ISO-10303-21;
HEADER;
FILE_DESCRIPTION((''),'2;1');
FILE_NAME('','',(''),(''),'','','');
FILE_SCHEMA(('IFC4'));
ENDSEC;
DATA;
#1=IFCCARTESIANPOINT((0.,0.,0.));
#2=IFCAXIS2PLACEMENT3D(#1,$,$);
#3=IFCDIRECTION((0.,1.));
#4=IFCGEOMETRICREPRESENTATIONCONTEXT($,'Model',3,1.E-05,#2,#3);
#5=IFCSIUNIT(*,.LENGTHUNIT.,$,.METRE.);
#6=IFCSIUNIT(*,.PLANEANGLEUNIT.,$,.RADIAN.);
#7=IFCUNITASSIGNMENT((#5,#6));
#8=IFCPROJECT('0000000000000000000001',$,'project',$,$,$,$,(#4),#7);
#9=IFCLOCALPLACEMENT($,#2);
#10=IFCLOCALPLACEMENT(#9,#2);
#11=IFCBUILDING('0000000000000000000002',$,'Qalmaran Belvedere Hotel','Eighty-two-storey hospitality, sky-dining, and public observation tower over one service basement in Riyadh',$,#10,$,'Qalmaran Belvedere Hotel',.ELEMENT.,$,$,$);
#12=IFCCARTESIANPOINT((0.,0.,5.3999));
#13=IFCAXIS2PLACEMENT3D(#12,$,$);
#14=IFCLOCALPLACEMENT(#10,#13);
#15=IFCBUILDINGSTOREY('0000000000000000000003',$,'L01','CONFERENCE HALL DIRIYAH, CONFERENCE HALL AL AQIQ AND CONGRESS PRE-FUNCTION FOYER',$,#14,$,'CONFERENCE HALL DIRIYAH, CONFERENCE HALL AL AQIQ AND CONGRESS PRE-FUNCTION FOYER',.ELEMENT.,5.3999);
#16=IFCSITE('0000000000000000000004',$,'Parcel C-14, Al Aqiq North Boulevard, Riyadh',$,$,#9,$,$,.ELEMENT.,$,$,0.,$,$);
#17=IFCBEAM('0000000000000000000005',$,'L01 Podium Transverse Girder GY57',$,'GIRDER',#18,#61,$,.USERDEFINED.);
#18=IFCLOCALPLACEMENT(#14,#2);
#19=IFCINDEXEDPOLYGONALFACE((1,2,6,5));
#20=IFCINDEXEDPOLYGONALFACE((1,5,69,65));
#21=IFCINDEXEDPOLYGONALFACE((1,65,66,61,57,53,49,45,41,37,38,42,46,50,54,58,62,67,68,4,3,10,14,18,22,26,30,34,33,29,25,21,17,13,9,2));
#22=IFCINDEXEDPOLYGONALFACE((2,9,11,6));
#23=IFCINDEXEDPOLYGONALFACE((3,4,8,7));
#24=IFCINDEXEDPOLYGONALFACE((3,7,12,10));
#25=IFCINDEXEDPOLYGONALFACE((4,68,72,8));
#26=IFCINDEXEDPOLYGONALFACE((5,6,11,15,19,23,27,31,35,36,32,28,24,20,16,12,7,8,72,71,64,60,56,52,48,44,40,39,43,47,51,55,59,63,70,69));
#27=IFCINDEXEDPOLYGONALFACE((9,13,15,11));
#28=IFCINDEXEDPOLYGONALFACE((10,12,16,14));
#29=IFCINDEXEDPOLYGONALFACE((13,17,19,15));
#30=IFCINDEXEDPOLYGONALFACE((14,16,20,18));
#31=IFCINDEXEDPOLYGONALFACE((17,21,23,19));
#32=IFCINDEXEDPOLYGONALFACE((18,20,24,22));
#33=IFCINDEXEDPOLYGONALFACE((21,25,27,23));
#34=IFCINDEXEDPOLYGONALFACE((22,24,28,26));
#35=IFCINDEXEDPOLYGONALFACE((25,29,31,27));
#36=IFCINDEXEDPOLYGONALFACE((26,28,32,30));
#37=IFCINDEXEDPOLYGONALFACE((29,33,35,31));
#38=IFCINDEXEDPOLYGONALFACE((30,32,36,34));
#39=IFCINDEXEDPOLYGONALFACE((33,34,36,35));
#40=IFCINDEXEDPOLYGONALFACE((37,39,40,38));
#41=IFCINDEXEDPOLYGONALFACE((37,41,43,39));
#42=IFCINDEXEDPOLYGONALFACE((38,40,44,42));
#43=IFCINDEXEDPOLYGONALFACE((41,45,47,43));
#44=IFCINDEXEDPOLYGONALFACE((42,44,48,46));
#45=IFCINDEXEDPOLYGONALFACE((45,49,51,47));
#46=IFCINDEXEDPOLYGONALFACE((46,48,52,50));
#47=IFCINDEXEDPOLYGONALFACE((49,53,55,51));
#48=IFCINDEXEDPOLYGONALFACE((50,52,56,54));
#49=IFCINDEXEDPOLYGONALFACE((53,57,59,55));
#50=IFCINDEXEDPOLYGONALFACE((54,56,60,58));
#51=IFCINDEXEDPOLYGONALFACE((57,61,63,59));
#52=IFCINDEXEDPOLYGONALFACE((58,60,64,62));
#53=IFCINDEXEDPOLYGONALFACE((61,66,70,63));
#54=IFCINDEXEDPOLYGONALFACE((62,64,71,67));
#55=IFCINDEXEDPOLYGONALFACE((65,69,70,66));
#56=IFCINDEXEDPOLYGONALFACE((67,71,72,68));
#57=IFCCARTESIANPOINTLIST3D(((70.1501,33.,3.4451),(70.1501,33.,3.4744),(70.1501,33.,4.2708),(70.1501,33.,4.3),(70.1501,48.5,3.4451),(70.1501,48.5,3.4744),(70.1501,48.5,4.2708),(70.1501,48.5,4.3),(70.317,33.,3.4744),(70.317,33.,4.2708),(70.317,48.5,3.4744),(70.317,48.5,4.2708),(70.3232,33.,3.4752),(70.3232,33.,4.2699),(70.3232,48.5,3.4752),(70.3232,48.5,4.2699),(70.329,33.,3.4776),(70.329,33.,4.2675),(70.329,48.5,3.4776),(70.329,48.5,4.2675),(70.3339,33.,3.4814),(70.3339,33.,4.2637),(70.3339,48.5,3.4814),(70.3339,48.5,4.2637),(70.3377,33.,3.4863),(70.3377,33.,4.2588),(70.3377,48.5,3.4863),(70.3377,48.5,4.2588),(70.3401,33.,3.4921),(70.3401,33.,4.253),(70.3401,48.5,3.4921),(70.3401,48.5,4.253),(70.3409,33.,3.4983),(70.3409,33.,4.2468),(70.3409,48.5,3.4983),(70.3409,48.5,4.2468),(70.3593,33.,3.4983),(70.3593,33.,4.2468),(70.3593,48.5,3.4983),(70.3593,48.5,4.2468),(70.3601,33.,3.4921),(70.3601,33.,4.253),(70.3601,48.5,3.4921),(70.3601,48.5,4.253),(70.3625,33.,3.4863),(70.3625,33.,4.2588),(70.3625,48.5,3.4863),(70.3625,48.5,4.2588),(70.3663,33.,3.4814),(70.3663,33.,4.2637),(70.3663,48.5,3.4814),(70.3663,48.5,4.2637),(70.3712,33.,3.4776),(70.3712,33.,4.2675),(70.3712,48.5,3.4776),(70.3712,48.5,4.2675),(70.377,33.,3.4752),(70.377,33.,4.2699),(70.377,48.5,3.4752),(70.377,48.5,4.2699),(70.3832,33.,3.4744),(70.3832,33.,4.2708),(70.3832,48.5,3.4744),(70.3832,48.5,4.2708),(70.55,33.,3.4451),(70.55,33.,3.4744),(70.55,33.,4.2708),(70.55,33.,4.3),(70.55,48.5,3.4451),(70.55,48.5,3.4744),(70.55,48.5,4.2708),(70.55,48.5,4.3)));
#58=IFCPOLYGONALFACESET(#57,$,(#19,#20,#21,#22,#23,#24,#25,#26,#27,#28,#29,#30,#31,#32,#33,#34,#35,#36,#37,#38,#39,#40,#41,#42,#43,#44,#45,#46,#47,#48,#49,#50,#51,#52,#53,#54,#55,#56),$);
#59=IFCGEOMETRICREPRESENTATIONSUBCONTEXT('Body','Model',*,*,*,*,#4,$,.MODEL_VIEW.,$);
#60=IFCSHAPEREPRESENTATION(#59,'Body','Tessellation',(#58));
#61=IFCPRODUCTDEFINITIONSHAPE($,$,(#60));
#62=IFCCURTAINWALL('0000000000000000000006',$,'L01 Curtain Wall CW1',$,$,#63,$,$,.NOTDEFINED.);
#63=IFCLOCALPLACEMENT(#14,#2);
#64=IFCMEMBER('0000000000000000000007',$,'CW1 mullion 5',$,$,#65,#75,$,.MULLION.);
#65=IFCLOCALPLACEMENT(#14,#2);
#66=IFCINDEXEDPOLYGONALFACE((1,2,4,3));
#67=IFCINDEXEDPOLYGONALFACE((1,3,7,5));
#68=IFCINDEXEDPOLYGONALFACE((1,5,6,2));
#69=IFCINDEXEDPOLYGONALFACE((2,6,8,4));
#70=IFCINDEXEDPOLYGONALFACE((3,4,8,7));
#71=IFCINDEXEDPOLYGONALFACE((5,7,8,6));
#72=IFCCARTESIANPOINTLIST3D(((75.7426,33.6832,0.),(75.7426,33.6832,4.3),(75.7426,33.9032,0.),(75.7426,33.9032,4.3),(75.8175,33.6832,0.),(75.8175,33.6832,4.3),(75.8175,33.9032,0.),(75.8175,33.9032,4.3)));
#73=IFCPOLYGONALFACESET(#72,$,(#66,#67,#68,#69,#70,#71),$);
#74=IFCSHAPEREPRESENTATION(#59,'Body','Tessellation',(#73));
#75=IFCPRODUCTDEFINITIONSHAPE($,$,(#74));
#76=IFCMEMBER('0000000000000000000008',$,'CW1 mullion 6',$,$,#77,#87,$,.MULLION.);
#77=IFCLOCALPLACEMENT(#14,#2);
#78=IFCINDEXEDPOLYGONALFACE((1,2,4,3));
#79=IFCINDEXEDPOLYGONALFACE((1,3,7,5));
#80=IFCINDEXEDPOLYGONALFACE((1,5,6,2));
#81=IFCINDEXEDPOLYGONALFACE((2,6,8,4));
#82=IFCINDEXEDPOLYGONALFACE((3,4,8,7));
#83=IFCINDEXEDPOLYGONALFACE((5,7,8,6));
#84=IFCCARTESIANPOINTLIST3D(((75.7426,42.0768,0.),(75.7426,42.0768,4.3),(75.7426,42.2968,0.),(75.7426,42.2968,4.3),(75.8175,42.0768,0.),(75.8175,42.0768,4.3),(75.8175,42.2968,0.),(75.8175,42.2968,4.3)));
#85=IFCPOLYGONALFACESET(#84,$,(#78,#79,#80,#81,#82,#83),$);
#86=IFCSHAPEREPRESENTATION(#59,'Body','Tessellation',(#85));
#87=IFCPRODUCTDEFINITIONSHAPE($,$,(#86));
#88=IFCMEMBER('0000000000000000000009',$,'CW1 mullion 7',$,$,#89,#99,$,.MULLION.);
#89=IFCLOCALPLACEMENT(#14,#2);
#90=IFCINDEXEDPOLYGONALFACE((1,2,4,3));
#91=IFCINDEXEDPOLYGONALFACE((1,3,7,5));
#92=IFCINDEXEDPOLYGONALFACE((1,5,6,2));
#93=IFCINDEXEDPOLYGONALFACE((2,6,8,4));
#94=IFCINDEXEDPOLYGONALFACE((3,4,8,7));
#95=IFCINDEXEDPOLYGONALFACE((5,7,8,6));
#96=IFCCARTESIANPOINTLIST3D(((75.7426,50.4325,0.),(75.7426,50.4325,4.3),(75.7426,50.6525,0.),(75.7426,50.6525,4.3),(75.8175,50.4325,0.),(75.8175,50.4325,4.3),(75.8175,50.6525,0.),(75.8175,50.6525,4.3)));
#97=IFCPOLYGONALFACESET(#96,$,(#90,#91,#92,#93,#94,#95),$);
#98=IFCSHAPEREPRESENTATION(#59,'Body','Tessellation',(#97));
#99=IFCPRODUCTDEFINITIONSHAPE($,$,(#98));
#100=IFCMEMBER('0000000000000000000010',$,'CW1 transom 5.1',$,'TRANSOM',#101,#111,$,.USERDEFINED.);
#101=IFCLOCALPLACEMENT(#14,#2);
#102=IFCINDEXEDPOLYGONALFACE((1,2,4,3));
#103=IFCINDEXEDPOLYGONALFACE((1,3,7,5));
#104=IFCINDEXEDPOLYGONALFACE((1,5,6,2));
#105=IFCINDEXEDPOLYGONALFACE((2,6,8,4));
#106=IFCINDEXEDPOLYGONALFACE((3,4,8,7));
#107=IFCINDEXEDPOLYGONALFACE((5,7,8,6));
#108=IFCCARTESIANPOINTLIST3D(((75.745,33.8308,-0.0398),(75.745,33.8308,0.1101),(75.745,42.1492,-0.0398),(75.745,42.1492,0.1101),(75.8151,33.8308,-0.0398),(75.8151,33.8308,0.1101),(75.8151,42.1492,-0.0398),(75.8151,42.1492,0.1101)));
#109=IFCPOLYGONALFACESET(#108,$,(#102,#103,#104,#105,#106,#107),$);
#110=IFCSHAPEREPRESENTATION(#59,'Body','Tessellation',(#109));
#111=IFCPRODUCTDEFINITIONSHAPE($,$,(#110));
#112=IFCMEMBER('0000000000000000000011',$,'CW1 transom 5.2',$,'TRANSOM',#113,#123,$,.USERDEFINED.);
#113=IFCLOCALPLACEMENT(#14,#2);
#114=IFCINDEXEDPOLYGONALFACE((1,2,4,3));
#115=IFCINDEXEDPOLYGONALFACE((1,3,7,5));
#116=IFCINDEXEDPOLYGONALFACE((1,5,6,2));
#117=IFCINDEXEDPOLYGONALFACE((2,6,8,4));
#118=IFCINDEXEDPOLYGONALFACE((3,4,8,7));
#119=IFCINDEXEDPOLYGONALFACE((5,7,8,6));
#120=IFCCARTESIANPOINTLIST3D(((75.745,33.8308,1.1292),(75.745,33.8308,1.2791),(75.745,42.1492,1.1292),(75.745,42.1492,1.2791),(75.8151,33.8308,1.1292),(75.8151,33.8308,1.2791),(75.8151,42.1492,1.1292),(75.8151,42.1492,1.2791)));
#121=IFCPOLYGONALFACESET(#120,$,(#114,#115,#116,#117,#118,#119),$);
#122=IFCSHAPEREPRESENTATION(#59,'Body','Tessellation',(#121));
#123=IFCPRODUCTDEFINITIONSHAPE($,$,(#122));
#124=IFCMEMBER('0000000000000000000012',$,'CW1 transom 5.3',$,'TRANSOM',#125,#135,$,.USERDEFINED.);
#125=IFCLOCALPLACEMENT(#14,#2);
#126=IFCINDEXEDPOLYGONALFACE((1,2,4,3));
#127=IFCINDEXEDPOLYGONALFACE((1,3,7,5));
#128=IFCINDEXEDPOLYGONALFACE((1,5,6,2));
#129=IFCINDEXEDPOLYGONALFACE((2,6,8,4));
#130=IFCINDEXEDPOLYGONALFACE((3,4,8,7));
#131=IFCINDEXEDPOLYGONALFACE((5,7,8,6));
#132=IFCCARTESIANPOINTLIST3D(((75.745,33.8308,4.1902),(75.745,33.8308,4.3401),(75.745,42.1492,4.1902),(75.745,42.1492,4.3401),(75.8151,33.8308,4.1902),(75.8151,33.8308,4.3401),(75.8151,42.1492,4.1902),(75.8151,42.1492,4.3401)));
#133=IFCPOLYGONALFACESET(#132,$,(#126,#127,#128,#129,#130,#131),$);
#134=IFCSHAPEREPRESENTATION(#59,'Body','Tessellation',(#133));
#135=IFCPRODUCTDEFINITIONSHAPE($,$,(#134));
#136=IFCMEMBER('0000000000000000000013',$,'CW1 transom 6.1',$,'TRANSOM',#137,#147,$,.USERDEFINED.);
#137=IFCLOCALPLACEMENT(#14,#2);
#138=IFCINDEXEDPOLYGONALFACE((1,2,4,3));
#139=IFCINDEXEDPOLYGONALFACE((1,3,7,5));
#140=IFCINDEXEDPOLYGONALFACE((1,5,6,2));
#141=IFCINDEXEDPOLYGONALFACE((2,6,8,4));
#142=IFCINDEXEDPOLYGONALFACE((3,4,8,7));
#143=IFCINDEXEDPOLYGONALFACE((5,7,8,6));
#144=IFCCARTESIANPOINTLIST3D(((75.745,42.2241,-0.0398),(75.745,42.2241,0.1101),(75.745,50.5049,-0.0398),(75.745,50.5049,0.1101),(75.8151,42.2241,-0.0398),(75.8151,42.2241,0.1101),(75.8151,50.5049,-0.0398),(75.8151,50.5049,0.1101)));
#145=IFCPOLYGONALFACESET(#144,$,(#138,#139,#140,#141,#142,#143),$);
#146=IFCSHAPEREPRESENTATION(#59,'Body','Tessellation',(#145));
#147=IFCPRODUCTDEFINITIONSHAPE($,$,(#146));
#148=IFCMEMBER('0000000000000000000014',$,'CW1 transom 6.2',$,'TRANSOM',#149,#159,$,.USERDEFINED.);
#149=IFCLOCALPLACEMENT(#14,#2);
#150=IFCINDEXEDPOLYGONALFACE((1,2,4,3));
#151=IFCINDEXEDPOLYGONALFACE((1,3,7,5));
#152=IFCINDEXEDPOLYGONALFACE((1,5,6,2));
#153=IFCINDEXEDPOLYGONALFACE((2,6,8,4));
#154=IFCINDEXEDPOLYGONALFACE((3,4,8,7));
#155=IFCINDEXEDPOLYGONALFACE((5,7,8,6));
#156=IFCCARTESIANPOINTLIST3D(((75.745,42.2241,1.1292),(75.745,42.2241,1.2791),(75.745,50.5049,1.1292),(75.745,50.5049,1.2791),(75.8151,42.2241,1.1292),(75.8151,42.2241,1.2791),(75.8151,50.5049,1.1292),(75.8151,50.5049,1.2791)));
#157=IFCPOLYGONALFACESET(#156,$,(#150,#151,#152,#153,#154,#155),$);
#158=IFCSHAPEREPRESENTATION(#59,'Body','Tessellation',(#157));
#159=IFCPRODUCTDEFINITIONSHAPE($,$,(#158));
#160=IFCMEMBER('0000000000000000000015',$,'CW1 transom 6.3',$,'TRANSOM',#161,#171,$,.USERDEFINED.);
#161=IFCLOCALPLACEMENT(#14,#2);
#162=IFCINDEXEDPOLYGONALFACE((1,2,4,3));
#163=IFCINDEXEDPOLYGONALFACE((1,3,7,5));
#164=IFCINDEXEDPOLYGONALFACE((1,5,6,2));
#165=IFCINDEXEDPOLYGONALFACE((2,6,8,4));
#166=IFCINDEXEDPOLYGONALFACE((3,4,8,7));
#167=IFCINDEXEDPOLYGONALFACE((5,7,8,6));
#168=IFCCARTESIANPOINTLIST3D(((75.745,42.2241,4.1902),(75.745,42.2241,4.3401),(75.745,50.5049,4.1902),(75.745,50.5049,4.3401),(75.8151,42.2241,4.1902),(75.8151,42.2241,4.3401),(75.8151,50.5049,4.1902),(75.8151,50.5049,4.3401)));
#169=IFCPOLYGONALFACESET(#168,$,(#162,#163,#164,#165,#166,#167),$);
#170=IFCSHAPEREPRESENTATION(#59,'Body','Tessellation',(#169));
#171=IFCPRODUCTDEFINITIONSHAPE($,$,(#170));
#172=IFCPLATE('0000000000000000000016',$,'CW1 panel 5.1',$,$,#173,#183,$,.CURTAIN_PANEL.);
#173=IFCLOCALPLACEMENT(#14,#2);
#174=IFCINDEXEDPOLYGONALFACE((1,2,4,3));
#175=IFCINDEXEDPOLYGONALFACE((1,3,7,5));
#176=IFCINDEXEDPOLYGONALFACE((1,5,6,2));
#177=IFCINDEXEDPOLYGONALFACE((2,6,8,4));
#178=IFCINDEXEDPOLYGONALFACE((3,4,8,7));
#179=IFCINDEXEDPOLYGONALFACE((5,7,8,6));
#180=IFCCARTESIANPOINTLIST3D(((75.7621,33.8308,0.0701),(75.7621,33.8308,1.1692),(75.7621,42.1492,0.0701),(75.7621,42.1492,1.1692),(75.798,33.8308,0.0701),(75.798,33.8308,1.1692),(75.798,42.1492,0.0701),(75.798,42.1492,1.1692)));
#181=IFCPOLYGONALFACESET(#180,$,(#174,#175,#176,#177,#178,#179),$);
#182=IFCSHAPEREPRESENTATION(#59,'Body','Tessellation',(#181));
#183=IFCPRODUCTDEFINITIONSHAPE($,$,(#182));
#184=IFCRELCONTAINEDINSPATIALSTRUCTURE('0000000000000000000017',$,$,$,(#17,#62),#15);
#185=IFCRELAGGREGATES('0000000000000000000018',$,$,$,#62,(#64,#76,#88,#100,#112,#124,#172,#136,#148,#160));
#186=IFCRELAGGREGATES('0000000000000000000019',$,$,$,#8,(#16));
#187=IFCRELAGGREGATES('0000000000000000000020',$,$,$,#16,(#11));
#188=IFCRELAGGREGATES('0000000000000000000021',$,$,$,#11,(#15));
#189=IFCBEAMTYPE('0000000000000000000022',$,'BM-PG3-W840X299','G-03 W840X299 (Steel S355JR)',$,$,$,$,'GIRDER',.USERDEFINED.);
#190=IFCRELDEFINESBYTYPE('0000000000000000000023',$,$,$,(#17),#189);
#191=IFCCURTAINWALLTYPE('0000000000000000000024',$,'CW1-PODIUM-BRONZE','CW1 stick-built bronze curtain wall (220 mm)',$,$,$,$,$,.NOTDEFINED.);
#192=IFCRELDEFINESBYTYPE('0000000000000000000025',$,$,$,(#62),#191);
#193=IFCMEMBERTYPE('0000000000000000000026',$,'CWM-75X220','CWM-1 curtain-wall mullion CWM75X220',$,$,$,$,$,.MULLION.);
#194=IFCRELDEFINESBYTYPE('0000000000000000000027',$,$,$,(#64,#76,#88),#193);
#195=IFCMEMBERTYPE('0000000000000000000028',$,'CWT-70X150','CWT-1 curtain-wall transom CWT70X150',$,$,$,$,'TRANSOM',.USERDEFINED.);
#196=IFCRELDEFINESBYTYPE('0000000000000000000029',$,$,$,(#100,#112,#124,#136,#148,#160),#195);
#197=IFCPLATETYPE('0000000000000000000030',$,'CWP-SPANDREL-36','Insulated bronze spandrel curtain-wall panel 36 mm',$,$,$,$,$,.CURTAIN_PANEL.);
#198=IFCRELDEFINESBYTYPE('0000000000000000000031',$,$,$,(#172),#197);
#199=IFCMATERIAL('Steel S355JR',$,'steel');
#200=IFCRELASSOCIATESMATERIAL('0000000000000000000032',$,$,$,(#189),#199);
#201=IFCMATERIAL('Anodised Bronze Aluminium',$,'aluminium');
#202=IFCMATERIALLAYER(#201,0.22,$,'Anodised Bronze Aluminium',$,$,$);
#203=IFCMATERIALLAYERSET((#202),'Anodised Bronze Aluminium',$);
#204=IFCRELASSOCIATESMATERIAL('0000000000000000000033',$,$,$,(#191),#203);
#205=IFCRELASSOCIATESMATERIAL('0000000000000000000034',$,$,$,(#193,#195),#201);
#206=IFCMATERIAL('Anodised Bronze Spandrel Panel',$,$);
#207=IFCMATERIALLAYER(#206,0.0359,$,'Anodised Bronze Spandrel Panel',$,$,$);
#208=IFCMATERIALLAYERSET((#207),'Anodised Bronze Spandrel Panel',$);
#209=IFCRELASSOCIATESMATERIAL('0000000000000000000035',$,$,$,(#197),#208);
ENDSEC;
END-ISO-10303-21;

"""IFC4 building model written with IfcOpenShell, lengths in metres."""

from ifc_helpers import new_model, si_unit, direction, frame, origin, origin_2d, place, context, subcontext, project, spatial, rectangle, i_section, extrude, material, layer, layer_set, material_profile, profile_set, type_object, element, aggregate, save


model = new_model("IFC4")

# Units and contexts
model_context = context("Model", 3, precision=1e-05, world=origin(), true_north=direction((0.0, 1.0)))
body_context = subcontext(model_context, "Body", "Model", "MODEL_VIEW")
ifc_project = project(units=[si_unit("LENGTHUNIT", "METRE"), si_unit("PLANEANGLEUNIT", "RADIAN")], contexts=[model_context])

# Site, building, storey
site_placement = place(None, origin())
site = spatial("IfcSite", under=ifc_project, at=site_placement, Name="Parcel C-14, Al Aqiq North Boulevard, Riyadh", CompositionType="ELEMENT", RefElevation=0.0)
building_placement = place(site_placement, origin())
building = spatial("IfcBuilding", under=site, at=building_placement, Name="Qalmaran Belvedere Hotel", Description="Eighty-two-storey hospitality, sky-dining, and public observation tower over one service basement in Riyadh", LongName="Qalmaran Belvedere Hotel", CompositionType="ELEMENT")
storey_placement = place(building_placement, frame((0.0, 0.0, 5.3999)))
storey = spatial("IfcBuildingStorey", under=building, at=storey_placement, Name="L01", Description="CONFERENCE HALL DIRIYAH, CONFERENCE HALL AL AQIQ AND CONGRESS PRE-FUNCTION FOYER", LongName="CONFERENCE HALL DIRIYAH, CONFERENCE HALL AL AQIQ AND CONGRESS PRE-FUNCTION FOYER", CompositionType="ELEMENT", Elevation=5.3999)

# Beam
ifc_material_1 = material(Name="Steel S355JR", Category="steel")
ifc_material_profile_1 = material_profile(ifc_material_1, i_section(OverallWidth=0.3999, OverallDepth=0.855, WebThickness=0.0183, FlangeThickness=0.0293, FilletRadius=0.0239, at=origin_2d()), Name="W840X299")
ifc_profile_set_1 = profile_set([ifc_material_profile_1], Name="Steel S355JR")
beam_type_1 = type_object("IfcBeamType", Name="BM-PG3-W840X299", Description="G-03 W840X299 (Steel S355JR)", ElementType="GIRDER", PredefinedType="USERDEFINED", material=ifc_profile_set_1)
beam_1_placement = place(storey_placement, frame((70.3501, 33.0, 3.8726), z_axis=(0.0, 1.0, 0.0), x_axis=(-1.0, 0.0, 0.0)))
element("IfcBeam", 1, at=beam_1_placement, inside=storey, type_object=beam_type_1, Name="L01 Podium Transverse Girder GY57", ObjectType="GIRDER", PredefinedType="USERDEFINED", context=body_context, shape_type="SweptSolid", body=[
    extrude(i_section(OverallWidth=0.3999, OverallDepth=0.855, WebThickness=0.0183, FlangeThickness=0.0293, FilletRadius=0.0239, at=origin_2d()), origin(), (0.0, 0.0, 1.0), 15.5),
])

# Curtain wall, members, plate
ifc_material_2 = material(Name="Anodised Bronze Aluminium", Category="aluminium")
ifc_layer_1 = layer(ifc_material_2, 0.22, Name="Anodised Bronze Aluminium")
ifc_layer_set_1 = layer_set([ifc_layer_1], Name="Anodised Bronze Aluminium")
curtain_wall_type = type_object("IfcCurtainWallType", Name="CW1-PODIUM-BRONZE", Description="CW1 stick-built bronze curtain wall (220 mm)", PredefinedType="NOTDEFINED", material=ifc_layer_set_1)
curtain_wall_placement = place(storey_placement, origin())
curtain_wall = element("IfcCurtainWall", 2, at=curtain_wall_placement, inside=storey, type_object=curtain_wall_type, Name="L01 Curtain Wall CW1", PredefinedType="NOTDEFINED")
ifc_material_profile_2 = material_profile(ifc_material_2, rectangle(XDim=0.075, YDim=0.22, at=origin_2d()), Name="CWM75X220")
ifc_profile_set_2 = profile_set([ifc_material_profile_2], Name="Anodised Bronze Aluminium")
member_type_1 = type_object("IfcMemberType", Name="CWM-75X220", Description="CWM-1 curtain-wall mullion CWM75X220", PredefinedType="MULLION", material=ifc_profile_set_2)
member_1_placement = place(storey_placement, frame((75.78, 33.7932, 0.0), z_axis=(0.0, 0.0, 1.0), x_axis=(-1.0, 0.0, 0.0)))
member_1 = element("IfcMember", 3, at=member_1_placement, type_object=member_type_1, Name="CW1 mullion 5", PredefinedType="MULLION", context=body_context, shape_type="SweptSolid", body=[
    extrude(rectangle(XDim=0.075, YDim=0.22, at=origin_2d()), origin(), (0.0, 0.0, 1.0), 4.3),
])
member_2_placement = place(storey_placement, frame((75.78, 42.1868, 0.0), z_axis=(0.0, 0.0, 1.0), x_axis=(-1.0, 0.0, 0.0)))
member_2 = element("IfcMember", 4, at=member_2_placement, type_object=member_type_1, Name="CW1 mullion 6", PredefinedType="MULLION", context=body_context, shape_type="SweptSolid", body=[
    extrude(rectangle(XDim=0.075, YDim=0.22, at=origin_2d()), origin(), (0.0, 0.0, 1.0), 4.3),
])
member_3_placement = place(storey_placement, frame((75.78, 50.5425, 0.0), z_axis=(0.0, 0.0, 1.0), x_axis=(-1.0, 0.0, 0.0)))
member_3 = element("IfcMember", 5, at=member_3_placement, type_object=member_type_1, Name="CW1 mullion 7", PredefinedType="MULLION", context=body_context, shape_type="SweptSolid", body=[
    extrude(rectangle(XDim=0.075, YDim=0.22, at=origin_2d()), origin(), (0.0, 0.0, 1.0), 4.3),
])
ifc_material_profile_3 = material_profile(ifc_material_2, rectangle(XDim=0.0701, YDim=0.1499, at=origin_2d()), Name="CWT70X150")
ifc_profile_set_3 = profile_set([ifc_material_profile_3], Name="Anodised Bronze Aluminium")
member_type_2 = type_object("IfcMemberType", Name="CWT-70X150", Description="CWT-1 curtain-wall transom CWT70X150", ElementType="TRANSOM", PredefinedType="USERDEFINED", material=ifc_profile_set_3)
member_4_placement = place(storey_placement, frame((75.78, 33.8308, 0.0352), z_axis=(0.0, 1.0, 0.0), x_axis=(-1.0, 0.0, 0.0)))
member_4 = element("IfcMember", 6, at=member_4_placement, type_object=member_type_2, Name="CW1 transom 5.1", ObjectType="TRANSOM", PredefinedType="USERDEFINED", context=body_context, shape_type="SweptSolid", body=[
    extrude(rectangle(XDim=0.0701, YDim=0.1499, at=origin_2d()), origin(), (0.0, 0.0, 1.0), 8.3184),
])
member_5_placement = place(storey_placement, frame((75.78, 33.8308, 1.2041), z_axis=(0.0, 1.0, 0.0), x_axis=(-1.0, 0.0, 0.0)))
member_5 = element("IfcMember", 7, at=member_5_placement, type_object=member_type_2, Name="CW1 transom 5.2", ObjectType="TRANSOM", PredefinedType="USERDEFINED", context=body_context, shape_type="SweptSolid", body=[
    extrude(rectangle(XDim=0.0701, YDim=0.1499, at=origin_2d()), origin(), (0.0, 0.0, 1.0), 8.3184),
])
member_6_placement = place(storey_placement, frame((75.78, 33.8308, 4.2651), z_axis=(0.0, 1.0, 0.0), x_axis=(-1.0, 0.0, 0.0)))
member_6 = element("IfcMember", 8, at=member_6_placement, type_object=member_type_2, Name="CW1 transom 5.3", ObjectType="TRANSOM", PredefinedType="USERDEFINED", context=body_context, shape_type="SweptSolid", body=[
    extrude(rectangle(XDim=0.0701, YDim=0.1499, at=origin_2d()), origin(), (0.0, 0.0, 1.0), 8.3184),
])
member_7_placement = place(storey_placement, frame((75.78, 42.2241, 0.0352), z_axis=(0.0, 1.0, 0.0), x_axis=(-1.0, 0.0, 0.0)))
member_7 = element("IfcMember", 9, at=member_7_placement, type_object=member_type_2, Name="CW1 transom 6.1", ObjectType="TRANSOM", PredefinedType="USERDEFINED", context=body_context, shape_type="SweptSolid", body=[
    extrude(rectangle(XDim=0.0701, YDim=0.1499, at=origin_2d()), origin(), (0.0, 0.0, 1.0), 8.2808),
])
member_8_placement = place(storey_placement, frame((75.78, 42.2241, 1.2041), z_axis=(0.0, 1.0, 0.0), x_axis=(-1.0, 0.0, 0.0)))
member_8 = element("IfcMember", 10, at=member_8_placement, type_object=member_type_2, Name="CW1 transom 6.2", ObjectType="TRANSOM", PredefinedType="USERDEFINED", context=body_context, shape_type="SweptSolid", body=[
    extrude(rectangle(XDim=0.0701, YDim=0.1499, at=origin_2d()), origin(), (0.0, 0.0, 1.0), 8.2808),
])
member_9_placement = place(storey_placement, frame((75.78, 42.2241, 4.2651), z_axis=(0.0, 1.0, 0.0), x_axis=(-1.0, 0.0, 0.0)))
member_9 = element("IfcMember", 11, at=member_9_placement, type_object=member_type_2, Name="CW1 transom 6.3", ObjectType="TRANSOM", PredefinedType="USERDEFINED", context=body_context, shape_type="SweptSolid", body=[
    extrude(rectangle(XDim=0.0701, YDim=0.1499, at=origin_2d()), origin(), (0.0, 0.0, 1.0), 8.2808),
])
ifc_material_3 = material(Name="Anodised Bronze Spandrel Panel")
ifc_layer_2 = layer(ifc_material_3, 0.0359, Name="Anodised Bronze Spandrel Panel")
ifc_layer_set_2 = layer_set([ifc_layer_2], Name="Anodised Bronze Spandrel Panel")
plate_type_1 = type_object("IfcPlateType", Name="CWP-SPANDREL-36", Description="Insulated bronze spandrel curtain-wall panel 36 mm", PredefinedType="CURTAIN_PANEL", material=ifc_layer_set_2)
plate_1_placement = place(storey_placement, frame((75.78, 37.99, 0.0701), z_axis=(0.0, 0.0, 1.0), x_axis=(0.0, 1.0, 0.0)))
plate_1 = element("IfcPlate", 12, at=plate_1_placement, type_object=plate_type_1, Name="CW1 panel 5.1", PredefinedType="CURTAIN_PANEL", context=body_context, shape_type="SweptSolid", body=[
    extrude(rectangle(XDim=8.3184, YDim=0.0359, at=origin_2d()), origin(), (0.0, 0.0, 1.0), 1.0991),
])
aggregate(curtain_wall, [member_1, member_2, member_3, member_4, member_5, member_6, plate_1, member_7, member_8, member_9])

save(model, "model.ifc")
